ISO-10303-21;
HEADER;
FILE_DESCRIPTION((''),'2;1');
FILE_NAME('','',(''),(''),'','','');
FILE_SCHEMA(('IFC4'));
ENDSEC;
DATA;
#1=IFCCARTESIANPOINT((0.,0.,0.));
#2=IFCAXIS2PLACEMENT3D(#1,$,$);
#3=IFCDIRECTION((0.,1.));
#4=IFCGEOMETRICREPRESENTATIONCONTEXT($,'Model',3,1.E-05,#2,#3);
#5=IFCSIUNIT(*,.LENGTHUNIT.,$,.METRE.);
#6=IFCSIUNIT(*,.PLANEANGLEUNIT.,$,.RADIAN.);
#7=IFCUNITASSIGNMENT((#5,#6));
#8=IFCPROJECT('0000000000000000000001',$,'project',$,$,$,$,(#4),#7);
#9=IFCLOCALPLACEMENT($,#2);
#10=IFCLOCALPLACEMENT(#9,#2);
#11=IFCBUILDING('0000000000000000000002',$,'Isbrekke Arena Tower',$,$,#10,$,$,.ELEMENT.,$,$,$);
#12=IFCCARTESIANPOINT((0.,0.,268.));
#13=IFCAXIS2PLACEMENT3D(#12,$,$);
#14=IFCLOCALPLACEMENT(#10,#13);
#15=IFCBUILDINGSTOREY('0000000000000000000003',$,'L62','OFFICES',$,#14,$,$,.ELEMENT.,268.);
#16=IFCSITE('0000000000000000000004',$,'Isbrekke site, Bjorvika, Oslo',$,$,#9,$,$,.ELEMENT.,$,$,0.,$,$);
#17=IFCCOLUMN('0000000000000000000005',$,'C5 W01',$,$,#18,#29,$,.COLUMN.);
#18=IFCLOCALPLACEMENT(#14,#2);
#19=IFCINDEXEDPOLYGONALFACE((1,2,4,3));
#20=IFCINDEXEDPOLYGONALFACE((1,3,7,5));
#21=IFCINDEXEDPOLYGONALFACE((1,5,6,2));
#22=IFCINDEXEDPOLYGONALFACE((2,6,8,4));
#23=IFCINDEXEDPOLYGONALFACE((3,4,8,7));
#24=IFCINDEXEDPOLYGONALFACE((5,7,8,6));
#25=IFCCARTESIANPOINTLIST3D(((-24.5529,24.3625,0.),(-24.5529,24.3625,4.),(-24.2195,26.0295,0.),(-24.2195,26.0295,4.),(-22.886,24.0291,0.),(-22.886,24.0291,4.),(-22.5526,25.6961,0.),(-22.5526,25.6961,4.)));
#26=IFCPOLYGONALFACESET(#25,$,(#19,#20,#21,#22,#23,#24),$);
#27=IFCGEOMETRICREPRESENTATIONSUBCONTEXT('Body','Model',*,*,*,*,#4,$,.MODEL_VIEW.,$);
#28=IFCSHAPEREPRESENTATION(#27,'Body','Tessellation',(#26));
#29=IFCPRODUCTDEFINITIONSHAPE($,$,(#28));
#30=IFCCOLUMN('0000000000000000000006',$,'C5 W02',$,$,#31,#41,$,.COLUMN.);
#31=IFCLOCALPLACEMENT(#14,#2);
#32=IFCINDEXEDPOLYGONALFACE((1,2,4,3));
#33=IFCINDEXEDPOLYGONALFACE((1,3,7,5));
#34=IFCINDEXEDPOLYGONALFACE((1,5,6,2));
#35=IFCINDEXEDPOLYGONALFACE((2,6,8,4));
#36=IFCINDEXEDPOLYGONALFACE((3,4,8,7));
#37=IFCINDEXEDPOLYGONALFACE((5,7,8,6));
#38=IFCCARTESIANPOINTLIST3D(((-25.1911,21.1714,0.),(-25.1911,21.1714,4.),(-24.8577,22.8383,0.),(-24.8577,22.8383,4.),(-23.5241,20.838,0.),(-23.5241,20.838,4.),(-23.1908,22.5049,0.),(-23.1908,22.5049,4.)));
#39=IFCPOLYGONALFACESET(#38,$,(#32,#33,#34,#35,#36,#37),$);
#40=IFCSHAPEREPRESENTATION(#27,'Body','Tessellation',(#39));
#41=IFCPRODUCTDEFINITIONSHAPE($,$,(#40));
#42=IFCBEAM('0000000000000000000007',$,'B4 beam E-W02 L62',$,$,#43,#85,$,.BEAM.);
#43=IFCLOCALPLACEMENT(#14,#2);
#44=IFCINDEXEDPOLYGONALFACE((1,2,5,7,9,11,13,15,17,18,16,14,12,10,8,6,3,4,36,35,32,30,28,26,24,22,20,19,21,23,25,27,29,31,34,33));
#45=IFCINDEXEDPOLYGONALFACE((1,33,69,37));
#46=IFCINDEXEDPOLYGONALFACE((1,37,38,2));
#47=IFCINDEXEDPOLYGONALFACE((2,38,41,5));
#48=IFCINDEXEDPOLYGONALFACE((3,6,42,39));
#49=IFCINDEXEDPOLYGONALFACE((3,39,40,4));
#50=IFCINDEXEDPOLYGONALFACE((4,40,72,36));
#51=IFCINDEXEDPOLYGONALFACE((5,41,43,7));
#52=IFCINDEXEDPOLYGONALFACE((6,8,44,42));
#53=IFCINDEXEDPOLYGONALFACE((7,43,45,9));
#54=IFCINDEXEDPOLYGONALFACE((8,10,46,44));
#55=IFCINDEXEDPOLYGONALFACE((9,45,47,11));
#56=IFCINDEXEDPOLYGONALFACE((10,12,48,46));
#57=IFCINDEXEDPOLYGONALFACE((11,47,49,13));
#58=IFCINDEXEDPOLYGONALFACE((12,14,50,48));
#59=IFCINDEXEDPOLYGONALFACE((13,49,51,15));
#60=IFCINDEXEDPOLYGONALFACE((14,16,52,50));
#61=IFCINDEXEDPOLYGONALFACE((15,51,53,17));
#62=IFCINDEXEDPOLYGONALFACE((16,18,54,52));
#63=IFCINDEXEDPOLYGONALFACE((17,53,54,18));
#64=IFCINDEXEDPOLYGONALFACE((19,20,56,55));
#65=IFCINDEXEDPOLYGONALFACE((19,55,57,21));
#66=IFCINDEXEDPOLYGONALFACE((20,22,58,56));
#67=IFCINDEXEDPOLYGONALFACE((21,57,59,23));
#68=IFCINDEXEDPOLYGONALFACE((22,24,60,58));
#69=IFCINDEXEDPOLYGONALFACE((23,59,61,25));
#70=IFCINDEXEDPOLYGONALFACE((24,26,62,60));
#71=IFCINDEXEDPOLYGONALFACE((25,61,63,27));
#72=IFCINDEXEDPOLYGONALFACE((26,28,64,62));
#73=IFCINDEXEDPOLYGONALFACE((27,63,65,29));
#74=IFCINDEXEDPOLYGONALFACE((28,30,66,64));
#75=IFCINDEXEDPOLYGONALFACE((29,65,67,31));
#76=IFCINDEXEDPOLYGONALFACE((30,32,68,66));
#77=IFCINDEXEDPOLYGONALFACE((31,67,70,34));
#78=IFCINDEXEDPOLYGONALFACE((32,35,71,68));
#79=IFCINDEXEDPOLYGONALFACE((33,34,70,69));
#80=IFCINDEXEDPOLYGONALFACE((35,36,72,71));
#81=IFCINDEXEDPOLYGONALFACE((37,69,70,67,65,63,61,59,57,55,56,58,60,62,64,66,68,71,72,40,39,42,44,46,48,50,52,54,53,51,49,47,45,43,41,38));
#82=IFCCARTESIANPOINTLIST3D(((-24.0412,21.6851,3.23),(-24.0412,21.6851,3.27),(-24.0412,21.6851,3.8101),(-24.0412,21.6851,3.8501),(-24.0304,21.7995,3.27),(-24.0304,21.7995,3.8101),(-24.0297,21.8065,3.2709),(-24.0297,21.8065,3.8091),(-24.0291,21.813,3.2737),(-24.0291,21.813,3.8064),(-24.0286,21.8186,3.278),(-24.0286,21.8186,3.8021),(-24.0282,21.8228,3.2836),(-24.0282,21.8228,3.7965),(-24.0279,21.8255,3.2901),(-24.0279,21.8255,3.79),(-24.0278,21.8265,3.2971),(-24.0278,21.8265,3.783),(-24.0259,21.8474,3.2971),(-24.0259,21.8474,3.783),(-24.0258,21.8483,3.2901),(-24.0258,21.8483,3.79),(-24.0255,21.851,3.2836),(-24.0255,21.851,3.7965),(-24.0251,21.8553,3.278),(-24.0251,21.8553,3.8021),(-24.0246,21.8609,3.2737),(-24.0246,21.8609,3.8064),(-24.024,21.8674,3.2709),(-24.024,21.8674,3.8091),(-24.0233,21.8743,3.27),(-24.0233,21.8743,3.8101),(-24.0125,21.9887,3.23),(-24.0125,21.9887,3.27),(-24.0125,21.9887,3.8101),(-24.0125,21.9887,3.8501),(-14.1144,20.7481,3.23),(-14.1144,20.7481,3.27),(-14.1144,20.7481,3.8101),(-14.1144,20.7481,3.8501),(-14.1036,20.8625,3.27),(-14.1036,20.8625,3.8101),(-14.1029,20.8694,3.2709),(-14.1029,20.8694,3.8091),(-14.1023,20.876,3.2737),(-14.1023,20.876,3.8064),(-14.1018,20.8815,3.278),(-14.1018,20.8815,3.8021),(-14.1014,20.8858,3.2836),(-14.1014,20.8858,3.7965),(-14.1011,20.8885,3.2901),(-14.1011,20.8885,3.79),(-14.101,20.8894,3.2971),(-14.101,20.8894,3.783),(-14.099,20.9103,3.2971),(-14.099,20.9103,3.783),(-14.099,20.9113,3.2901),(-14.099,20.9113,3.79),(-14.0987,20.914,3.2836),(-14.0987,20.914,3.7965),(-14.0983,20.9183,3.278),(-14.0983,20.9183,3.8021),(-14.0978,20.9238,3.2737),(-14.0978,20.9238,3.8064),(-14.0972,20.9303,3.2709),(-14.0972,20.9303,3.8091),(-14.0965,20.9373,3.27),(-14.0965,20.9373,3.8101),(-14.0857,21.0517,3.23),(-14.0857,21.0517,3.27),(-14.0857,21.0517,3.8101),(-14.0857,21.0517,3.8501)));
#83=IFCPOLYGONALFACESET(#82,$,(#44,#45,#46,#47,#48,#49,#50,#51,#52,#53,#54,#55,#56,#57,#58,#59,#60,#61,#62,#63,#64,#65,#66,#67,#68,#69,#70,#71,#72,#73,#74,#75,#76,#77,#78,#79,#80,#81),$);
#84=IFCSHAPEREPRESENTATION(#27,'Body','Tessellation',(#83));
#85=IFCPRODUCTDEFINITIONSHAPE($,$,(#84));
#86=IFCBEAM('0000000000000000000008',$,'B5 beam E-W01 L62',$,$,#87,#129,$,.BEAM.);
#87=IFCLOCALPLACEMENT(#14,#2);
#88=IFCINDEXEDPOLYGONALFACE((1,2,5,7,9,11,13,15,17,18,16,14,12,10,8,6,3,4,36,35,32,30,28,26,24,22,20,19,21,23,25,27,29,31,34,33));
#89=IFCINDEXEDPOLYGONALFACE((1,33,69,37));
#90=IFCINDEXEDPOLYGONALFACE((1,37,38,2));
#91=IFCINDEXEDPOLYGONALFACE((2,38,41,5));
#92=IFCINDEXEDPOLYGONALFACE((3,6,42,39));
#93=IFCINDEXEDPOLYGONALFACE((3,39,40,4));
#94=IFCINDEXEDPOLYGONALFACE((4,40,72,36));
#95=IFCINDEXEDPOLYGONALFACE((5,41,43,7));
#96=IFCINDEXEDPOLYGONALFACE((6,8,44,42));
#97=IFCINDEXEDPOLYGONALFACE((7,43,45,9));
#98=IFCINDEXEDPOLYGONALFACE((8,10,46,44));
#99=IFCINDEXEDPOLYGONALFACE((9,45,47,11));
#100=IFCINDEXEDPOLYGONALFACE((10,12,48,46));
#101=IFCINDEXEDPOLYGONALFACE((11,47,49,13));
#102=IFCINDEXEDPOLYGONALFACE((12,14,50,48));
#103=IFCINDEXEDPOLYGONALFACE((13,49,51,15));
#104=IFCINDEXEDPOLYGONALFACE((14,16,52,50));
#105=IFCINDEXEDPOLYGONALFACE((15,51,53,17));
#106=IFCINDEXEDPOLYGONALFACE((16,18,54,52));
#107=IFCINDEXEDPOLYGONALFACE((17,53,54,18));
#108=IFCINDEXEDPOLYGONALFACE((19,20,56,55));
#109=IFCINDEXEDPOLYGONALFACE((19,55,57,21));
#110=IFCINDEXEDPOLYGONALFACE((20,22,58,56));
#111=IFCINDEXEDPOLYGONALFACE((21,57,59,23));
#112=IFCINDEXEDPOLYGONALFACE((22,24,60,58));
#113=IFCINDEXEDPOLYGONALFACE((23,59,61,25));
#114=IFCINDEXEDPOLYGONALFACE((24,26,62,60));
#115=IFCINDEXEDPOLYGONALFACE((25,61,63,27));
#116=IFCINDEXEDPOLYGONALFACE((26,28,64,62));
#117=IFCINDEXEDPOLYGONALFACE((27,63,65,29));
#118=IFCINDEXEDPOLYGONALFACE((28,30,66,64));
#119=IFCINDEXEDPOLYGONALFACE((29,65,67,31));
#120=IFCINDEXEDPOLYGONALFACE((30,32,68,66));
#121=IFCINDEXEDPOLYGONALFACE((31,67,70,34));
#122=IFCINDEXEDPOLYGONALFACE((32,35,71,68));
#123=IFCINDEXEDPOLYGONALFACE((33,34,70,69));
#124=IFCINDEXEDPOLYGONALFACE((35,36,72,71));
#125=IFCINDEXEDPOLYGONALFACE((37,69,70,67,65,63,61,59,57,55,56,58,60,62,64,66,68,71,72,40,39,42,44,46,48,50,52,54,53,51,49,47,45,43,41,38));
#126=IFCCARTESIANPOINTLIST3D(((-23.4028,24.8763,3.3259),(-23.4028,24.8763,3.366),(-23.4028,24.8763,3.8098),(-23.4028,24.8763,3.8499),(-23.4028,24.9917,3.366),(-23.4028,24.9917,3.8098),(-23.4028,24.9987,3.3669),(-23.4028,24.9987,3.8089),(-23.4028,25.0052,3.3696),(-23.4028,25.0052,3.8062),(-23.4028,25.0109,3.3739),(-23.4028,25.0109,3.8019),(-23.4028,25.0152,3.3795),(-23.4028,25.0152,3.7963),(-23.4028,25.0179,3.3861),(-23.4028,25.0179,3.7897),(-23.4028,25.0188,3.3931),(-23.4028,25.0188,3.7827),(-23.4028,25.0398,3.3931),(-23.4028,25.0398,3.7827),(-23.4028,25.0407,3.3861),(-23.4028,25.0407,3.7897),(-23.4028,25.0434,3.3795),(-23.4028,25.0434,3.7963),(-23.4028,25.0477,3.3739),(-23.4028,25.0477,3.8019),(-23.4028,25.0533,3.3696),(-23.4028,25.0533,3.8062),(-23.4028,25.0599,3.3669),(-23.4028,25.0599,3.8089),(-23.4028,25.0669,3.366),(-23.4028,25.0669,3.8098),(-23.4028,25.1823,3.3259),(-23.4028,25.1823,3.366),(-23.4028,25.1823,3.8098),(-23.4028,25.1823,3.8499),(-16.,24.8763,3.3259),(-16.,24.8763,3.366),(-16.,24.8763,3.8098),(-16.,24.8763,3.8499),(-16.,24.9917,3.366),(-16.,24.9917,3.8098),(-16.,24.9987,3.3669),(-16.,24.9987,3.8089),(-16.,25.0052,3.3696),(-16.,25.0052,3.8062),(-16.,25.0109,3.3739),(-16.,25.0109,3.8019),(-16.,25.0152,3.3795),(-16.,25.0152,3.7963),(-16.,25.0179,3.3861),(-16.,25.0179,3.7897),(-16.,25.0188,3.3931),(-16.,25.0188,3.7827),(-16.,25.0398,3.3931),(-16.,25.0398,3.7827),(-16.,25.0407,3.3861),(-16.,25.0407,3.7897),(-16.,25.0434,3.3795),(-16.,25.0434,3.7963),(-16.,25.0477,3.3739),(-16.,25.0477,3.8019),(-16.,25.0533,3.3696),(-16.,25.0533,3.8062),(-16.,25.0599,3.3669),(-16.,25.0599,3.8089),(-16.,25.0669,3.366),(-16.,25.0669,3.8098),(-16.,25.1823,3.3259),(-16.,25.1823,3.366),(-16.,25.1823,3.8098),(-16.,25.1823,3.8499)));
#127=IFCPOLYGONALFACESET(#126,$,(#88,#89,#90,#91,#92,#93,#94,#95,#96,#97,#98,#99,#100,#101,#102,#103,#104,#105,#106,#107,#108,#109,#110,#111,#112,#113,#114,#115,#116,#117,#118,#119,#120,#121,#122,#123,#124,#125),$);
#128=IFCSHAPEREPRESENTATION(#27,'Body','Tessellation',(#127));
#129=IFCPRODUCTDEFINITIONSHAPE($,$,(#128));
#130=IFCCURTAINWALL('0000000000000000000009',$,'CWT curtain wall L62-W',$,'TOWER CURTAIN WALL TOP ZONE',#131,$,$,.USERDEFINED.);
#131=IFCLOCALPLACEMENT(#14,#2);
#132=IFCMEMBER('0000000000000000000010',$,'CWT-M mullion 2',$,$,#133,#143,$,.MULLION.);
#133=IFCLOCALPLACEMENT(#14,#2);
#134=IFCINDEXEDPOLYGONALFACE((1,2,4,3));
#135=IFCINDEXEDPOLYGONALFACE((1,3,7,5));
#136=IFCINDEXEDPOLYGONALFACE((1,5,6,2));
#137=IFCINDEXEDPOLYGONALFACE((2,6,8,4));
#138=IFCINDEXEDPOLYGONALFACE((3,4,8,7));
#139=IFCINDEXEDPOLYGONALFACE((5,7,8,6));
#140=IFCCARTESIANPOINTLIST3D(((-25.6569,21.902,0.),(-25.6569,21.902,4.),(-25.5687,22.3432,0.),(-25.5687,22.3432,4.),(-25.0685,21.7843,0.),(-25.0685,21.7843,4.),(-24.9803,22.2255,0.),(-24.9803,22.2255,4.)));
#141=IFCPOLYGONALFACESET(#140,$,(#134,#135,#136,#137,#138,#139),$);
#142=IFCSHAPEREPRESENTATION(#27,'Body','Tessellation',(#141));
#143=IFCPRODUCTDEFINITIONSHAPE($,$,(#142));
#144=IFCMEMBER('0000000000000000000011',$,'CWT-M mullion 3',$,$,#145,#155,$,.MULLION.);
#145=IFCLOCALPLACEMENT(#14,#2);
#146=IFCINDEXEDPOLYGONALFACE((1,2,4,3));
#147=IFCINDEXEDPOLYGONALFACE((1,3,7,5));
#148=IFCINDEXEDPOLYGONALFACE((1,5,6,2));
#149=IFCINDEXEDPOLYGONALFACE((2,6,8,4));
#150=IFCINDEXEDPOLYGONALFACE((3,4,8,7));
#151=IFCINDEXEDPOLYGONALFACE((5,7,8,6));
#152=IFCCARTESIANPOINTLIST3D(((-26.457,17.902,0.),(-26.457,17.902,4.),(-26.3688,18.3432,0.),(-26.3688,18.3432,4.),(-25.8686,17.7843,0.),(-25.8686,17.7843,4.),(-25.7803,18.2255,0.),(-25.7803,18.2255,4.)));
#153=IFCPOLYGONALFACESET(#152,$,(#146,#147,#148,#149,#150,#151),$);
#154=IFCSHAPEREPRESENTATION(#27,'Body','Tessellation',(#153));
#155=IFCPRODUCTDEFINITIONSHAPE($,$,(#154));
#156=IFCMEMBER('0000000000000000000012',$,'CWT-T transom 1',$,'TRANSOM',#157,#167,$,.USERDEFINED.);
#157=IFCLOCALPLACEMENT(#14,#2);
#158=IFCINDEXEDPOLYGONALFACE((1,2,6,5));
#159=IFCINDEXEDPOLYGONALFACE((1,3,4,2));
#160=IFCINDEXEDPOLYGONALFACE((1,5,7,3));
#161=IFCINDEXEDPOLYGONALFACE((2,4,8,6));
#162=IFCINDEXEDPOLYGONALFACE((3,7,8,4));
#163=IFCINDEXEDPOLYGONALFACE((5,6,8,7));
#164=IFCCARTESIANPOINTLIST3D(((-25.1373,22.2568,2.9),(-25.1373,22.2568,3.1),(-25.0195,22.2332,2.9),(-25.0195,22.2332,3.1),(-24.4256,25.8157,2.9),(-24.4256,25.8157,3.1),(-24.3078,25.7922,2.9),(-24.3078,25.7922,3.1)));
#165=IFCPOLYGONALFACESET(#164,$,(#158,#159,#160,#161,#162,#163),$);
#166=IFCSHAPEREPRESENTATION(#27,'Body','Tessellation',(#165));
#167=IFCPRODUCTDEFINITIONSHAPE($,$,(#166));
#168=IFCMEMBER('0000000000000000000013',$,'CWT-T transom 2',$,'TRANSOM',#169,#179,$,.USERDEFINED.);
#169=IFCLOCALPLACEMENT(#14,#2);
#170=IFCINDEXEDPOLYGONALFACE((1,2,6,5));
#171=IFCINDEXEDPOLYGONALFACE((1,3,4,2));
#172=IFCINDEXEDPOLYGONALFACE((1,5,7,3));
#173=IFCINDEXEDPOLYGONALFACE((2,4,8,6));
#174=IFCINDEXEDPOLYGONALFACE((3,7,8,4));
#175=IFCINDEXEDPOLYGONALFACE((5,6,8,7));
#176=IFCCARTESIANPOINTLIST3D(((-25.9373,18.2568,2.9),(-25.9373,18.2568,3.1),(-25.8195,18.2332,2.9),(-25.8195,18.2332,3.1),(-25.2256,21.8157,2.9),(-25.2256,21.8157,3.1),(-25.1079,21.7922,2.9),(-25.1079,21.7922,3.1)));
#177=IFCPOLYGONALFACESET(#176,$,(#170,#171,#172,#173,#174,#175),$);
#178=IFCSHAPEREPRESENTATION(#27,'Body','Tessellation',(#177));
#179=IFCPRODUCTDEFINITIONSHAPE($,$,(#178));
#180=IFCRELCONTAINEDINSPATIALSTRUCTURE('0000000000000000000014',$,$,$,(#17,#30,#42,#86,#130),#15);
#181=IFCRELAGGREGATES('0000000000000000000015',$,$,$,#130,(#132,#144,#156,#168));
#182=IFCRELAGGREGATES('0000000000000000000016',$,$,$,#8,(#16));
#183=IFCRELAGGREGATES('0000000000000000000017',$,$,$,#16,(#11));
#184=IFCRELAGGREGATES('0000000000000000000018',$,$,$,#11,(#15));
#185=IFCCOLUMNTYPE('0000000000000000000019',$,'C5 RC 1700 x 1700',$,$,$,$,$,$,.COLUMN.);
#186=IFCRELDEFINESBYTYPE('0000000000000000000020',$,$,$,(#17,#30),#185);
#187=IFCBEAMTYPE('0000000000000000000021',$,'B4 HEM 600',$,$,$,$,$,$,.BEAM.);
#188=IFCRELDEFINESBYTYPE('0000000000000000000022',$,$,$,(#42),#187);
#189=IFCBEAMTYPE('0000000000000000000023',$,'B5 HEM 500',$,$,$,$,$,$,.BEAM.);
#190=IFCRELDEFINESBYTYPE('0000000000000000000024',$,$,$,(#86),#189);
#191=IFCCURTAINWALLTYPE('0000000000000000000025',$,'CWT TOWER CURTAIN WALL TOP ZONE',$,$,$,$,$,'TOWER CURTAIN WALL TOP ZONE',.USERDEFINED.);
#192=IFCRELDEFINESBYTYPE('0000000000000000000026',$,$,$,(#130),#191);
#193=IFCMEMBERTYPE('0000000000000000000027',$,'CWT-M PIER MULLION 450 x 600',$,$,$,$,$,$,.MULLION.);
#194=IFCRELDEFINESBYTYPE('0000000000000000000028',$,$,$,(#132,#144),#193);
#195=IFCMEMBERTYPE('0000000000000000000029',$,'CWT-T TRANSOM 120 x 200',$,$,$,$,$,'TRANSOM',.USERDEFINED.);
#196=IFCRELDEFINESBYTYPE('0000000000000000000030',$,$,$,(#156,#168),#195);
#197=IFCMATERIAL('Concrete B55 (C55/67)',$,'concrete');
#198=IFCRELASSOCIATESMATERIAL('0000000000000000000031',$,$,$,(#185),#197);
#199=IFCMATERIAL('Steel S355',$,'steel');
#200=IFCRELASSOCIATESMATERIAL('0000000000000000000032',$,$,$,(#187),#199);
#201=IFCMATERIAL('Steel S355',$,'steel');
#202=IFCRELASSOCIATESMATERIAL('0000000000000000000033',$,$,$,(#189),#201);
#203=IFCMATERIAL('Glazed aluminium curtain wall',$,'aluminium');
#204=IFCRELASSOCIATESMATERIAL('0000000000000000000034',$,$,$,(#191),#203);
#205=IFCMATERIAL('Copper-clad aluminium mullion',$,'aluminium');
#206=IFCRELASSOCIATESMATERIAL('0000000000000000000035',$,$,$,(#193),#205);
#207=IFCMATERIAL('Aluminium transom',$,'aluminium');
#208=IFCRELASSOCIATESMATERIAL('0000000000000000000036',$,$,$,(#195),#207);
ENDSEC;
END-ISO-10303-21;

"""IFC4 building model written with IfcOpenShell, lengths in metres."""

from ifc_helpers import new_model, si_unit, direction, frame, origin, origin_2d, place, context, subcontext, project, spatial, rectangle, i_section, extrude, material, material_profile, profile_set, type_object, element, aggregate, save


model = new_model("IFC4")

# Units and contexts
model_context = context("Model", 3, precision=1e-05, world=origin(), true_north=direction((0.0, 1.0)))
body_context = subcontext(model_context, "Body", "Model", "MODEL_VIEW")
ifc_project = project(units=[si_unit("LENGTHUNIT", "METRE"), si_unit("PLANEANGLEUNIT", "RADIAN")], contexts=[model_context])

# Site, building, storey
site_placement = place(None, origin())
site = spatial("IfcSite", under=ifc_project, at=site_placement, Name="Isbrekke site, Bjorvika, Oslo", CompositionType="ELEMENT", RefElevation=0.0)
building_placement = place(site_placement, origin())
building = spatial("IfcBuilding", under=site, at=building_placement, Name="Isbrekke Arena Tower", CompositionType="ELEMENT")
storey_placement = place(building_placement, frame((0.0, 0.0, 268.0)))
storey = spatial("IfcBuildingStorey", under=building, at=storey_placement, Name="L62", Description="OFFICES", CompositionType="ELEMENT", Elevation=268.0)

# Columns
ifc_material_1 = material(Name="Concrete B55 (C55/67)", Category="concrete")
ifc_material_profile_1 = material_profile(ifc_material_1, rectangle(XDim=1.7, YDim=1.7, at=origin_2d()), Name="RC 1700x1700")
ifc_profile_set_1 = profile_set([ifc_material_profile_1], Name="Concrete B55 (C55/67)")
column_type = type_object("IfcColumnType", Name="C5 RC 1700 x 1700", PredefinedType="COLUMN", material=ifc_profile_set_1)
for number, where, z_axis, x_axis, name in (
    (1, (-23.5527, 25.0293, 0.0), (0.0, 0.0, 1.0), (-0.196116, -0.980581, 0.0), "C5 W01"),
    (2, (-24.1909, 21.8381, 0.0), (0.0, 0.0, 1.0), (-0.196116, -0.980581, 0.0), "C5 W02"),
):
    element("IfcColumn", number, at=place(storey_placement, frame(where, z_axis=z_axis, x_axis=x_axis)), inside=storey, type_object=column_type, Name=name, PredefinedType="COLUMN", context=body_context, shape_type="SweptSolid", body=[
        extrude(rectangle(XDim=1.7, YDim=1.7, at=origin_2d()), origin(), (0.0, 0.0, 1.0), 4.0),
    ])

# Beams
ifc_material_2 = material(Name="Steel S355", Category="steel")
ifc_material_profile_2 = material_profile(ifc_material_2, i_section(OverallWidth=0.3049, OverallDepth=0.6201, WebThickness=0.021, FlangeThickness=0.04, FilletRadius=0.0271, at=origin_2d()), Name="HEM 600")
ifc_profile_set_2 = profile_set([ifc_material_profile_2], Name="Steel S355")
beam_type_1 = type_object("IfcBeamType", Name="B4 HEM 600", PredefinedType="BEAM", material=ifc_profile_set_2)
beam_1_placement = place(storey_placement, frame((-24.0269, 21.8369, 3.54), z_axis=(0.995575, -0.093975, 0.0), x_axis=(0.093975, 0.995575, 0.0)))
element("IfcBeam", 3, at=beam_1_placement, inside=storey, type_object=beam_type_1, Name="B4 beam E-W02 L62", PredefinedType="BEAM", context=body_context, shape_type="SweptSolid", body=[
    extrude(i_section(OverallWidth=0.3049, OverallDepth=0.6201, WebThickness=0.021, FlangeThickness=0.04, FilletRadius=0.0271, at=origin_2d()), origin(), (0.0, 0.0, 1.0), 9.9709),
])
ifc_material_3 = material(Name="Steel S355", Category="steel")
ifc_material_profile_3 = material_profile(ifc_material_3, i_section(OverallWidth=0.3059, OverallDepth=0.5239, WebThickness=0.021, FlangeThickness=0.04, FilletRadius=0.0271, at=origin_2d()), Name="HEM 500")
ifc_profile_set_3 = profile_set([ifc_material_profile_3], Name="Steel S355")
beam_type_2 = type_object("IfcBeamType", Name="B5 HEM 500", PredefinedType="BEAM", material=ifc_profile_set_3)
beam_2_placement = place(storey_placement, frame((-23.4028, 25.0293, 3.5879), z_axis=(1.0, 0.0, 0.0), x_axis=(0.0, 1.0, 0.0)))
element("IfcBeam", 4, at=beam_2_placement, inside=storey, type_object=beam_type_2, Name="B5 beam E-W01 L62", PredefinedType="BEAM", context=body_context, shape_type="SweptSolid", body=[
    extrude(i_section(OverallWidth=0.3059, OverallDepth=0.5239, WebThickness=0.021, FlangeThickness=0.04, FilletRadius=0.0271, at=origin_2d()), origin(), (0.0, 0.0, 1.0), 7.4028),
])

# Curtain wall, members
ifc_material_4 = material(Name="Glazed aluminium curtain wall", Category="aluminium")
curtain_wall_type = type_object("IfcCurtainWallType", Name="CWT TOWER CURTAIN WALL TOP ZONE", ElementType="TOWER CURTAIN WALL TOP ZONE", PredefinedType="USERDEFINED", material=ifc_material_4)
curtain_wall_placement = place(storey_placement, origin())
curtain_wall = element("IfcCurtainWall", 5, at=curtain_wall_placement, inside=storey, type_object=curtain_wall_type, Name="CWT curtain wall L62-W", ObjectType="TOWER CURTAIN WALL TOP ZONE", PredefinedType="USERDEFINED")
ifc_material_5 = material(Name="Copper-clad aluminium mullion", Category="aluminium")
ifc_material_profile_4 = material_profile(ifc_material_5, rectangle(XDim=0.45, YDim=0.6001, at=origin_2d()), Name="PIER 450X600")
ifc_profile_set_4 = profile_set([ifc_material_profile_4], Name="Copper-clad aluminium mullion")
member_type_1 = type_object("IfcMemberType", Name="CWT-M PIER MULLION 450 x 600", PredefinedType="MULLION", material=ifc_profile_set_4)
member_1_placement = place(storey_placement, frame((-25.3186, 22.0637, 0.0), z_axis=(0.0, 0.0, 1.0), x_axis=(-0.196116, -0.980581, 0.0)))
member_1 = element("IfcMember", 6, at=member_1_placement, type_object=member_type_1, Name="CWT-M mullion 2", PredefinedType="MULLION", context=body_context, shape_type="SweptSolid", body=[
    extrude(rectangle(XDim=0.45, YDim=0.6001, at=origin_2d()), origin(), (0.0, 0.0, 1.0), 4.0),
])
member_2_placement = place(storey_placement, frame((-26.1187, 18.0637, 0.0), z_axis=(0.0, 0.0, 1.0), x_axis=(-0.196116, -0.980581, 0.0)))
member_2 = element("IfcMember", 7, at=member_2_placement, type_object=member_type_1, Name="CWT-M mullion 3", PredefinedType="MULLION", context=body_context, shape_type="SweptSolid", body=[
    extrude(rectangle(XDim=0.45, YDim=0.6001, at=origin_2d()), origin(), (0.0, 0.0, 1.0), 4.0),
])
ifc_material_6 = material(Name="Aluminium transom", Category="aluminium")
ifc_material_profile_5 = material_profile(ifc_material_6, rectangle(XDim=0.1201, YDim=0.2, at=origin_2d()), Name="TRANSOM 120X200")
ifc_profile_set_5 = profile_set([ifc_material_profile_5], Name="Aluminium transom")
member_type_2 = type_object("IfcMemberType", Name="CWT-T TRANSOM 120 x 200", ElementType="TRANSOM", PredefinedType="USERDEFINED", material=ifc_profile_set_5)
member_3_placement = place(storey_placement, frame((-24.3667, 25.804, 3.0), z_axis=(-0.19609, -0.980586, 0.0), x_axis=(0.980586, -0.19609, 0.0)))
member_3 = element("IfcMember", 8, at=member_3_placement, type_object=member_type_2, Name="CWT-T transom 1", ObjectType="TRANSOM", PredefinedType="USERDEFINED", context=body_context, shape_type="SweptSolid", body=[
    extrude(rectangle(XDim=0.1201, YDim=0.2, at=origin_2d()), origin(), (0.0, 0.0, 1.0), 3.6294),
])
member_4_placement = place(storey_placement, frame((-25.1667, 21.804, 3.0), z_axis=(-0.19609, -0.980586, 0.0), x_axis=(0.980586, -0.19609, 0.0)))
member_4 = element("IfcMember", 9, at=member_4_placement, type_object=member_type_2, Name="CWT-T transom 2", ObjectType="TRANSOM", PredefinedType="USERDEFINED", context=body_context, shape_type="SweptSolid", body=[
    extrude(rectangle(XDim=0.1201, YDim=0.2, at=origin_2d()), origin(), (0.0, 0.0, 1.0), 3.6294),
])

aggregate(curtain_wall, [member_1, member_2, member_3, member_4])

save(model, "model.ifc")
